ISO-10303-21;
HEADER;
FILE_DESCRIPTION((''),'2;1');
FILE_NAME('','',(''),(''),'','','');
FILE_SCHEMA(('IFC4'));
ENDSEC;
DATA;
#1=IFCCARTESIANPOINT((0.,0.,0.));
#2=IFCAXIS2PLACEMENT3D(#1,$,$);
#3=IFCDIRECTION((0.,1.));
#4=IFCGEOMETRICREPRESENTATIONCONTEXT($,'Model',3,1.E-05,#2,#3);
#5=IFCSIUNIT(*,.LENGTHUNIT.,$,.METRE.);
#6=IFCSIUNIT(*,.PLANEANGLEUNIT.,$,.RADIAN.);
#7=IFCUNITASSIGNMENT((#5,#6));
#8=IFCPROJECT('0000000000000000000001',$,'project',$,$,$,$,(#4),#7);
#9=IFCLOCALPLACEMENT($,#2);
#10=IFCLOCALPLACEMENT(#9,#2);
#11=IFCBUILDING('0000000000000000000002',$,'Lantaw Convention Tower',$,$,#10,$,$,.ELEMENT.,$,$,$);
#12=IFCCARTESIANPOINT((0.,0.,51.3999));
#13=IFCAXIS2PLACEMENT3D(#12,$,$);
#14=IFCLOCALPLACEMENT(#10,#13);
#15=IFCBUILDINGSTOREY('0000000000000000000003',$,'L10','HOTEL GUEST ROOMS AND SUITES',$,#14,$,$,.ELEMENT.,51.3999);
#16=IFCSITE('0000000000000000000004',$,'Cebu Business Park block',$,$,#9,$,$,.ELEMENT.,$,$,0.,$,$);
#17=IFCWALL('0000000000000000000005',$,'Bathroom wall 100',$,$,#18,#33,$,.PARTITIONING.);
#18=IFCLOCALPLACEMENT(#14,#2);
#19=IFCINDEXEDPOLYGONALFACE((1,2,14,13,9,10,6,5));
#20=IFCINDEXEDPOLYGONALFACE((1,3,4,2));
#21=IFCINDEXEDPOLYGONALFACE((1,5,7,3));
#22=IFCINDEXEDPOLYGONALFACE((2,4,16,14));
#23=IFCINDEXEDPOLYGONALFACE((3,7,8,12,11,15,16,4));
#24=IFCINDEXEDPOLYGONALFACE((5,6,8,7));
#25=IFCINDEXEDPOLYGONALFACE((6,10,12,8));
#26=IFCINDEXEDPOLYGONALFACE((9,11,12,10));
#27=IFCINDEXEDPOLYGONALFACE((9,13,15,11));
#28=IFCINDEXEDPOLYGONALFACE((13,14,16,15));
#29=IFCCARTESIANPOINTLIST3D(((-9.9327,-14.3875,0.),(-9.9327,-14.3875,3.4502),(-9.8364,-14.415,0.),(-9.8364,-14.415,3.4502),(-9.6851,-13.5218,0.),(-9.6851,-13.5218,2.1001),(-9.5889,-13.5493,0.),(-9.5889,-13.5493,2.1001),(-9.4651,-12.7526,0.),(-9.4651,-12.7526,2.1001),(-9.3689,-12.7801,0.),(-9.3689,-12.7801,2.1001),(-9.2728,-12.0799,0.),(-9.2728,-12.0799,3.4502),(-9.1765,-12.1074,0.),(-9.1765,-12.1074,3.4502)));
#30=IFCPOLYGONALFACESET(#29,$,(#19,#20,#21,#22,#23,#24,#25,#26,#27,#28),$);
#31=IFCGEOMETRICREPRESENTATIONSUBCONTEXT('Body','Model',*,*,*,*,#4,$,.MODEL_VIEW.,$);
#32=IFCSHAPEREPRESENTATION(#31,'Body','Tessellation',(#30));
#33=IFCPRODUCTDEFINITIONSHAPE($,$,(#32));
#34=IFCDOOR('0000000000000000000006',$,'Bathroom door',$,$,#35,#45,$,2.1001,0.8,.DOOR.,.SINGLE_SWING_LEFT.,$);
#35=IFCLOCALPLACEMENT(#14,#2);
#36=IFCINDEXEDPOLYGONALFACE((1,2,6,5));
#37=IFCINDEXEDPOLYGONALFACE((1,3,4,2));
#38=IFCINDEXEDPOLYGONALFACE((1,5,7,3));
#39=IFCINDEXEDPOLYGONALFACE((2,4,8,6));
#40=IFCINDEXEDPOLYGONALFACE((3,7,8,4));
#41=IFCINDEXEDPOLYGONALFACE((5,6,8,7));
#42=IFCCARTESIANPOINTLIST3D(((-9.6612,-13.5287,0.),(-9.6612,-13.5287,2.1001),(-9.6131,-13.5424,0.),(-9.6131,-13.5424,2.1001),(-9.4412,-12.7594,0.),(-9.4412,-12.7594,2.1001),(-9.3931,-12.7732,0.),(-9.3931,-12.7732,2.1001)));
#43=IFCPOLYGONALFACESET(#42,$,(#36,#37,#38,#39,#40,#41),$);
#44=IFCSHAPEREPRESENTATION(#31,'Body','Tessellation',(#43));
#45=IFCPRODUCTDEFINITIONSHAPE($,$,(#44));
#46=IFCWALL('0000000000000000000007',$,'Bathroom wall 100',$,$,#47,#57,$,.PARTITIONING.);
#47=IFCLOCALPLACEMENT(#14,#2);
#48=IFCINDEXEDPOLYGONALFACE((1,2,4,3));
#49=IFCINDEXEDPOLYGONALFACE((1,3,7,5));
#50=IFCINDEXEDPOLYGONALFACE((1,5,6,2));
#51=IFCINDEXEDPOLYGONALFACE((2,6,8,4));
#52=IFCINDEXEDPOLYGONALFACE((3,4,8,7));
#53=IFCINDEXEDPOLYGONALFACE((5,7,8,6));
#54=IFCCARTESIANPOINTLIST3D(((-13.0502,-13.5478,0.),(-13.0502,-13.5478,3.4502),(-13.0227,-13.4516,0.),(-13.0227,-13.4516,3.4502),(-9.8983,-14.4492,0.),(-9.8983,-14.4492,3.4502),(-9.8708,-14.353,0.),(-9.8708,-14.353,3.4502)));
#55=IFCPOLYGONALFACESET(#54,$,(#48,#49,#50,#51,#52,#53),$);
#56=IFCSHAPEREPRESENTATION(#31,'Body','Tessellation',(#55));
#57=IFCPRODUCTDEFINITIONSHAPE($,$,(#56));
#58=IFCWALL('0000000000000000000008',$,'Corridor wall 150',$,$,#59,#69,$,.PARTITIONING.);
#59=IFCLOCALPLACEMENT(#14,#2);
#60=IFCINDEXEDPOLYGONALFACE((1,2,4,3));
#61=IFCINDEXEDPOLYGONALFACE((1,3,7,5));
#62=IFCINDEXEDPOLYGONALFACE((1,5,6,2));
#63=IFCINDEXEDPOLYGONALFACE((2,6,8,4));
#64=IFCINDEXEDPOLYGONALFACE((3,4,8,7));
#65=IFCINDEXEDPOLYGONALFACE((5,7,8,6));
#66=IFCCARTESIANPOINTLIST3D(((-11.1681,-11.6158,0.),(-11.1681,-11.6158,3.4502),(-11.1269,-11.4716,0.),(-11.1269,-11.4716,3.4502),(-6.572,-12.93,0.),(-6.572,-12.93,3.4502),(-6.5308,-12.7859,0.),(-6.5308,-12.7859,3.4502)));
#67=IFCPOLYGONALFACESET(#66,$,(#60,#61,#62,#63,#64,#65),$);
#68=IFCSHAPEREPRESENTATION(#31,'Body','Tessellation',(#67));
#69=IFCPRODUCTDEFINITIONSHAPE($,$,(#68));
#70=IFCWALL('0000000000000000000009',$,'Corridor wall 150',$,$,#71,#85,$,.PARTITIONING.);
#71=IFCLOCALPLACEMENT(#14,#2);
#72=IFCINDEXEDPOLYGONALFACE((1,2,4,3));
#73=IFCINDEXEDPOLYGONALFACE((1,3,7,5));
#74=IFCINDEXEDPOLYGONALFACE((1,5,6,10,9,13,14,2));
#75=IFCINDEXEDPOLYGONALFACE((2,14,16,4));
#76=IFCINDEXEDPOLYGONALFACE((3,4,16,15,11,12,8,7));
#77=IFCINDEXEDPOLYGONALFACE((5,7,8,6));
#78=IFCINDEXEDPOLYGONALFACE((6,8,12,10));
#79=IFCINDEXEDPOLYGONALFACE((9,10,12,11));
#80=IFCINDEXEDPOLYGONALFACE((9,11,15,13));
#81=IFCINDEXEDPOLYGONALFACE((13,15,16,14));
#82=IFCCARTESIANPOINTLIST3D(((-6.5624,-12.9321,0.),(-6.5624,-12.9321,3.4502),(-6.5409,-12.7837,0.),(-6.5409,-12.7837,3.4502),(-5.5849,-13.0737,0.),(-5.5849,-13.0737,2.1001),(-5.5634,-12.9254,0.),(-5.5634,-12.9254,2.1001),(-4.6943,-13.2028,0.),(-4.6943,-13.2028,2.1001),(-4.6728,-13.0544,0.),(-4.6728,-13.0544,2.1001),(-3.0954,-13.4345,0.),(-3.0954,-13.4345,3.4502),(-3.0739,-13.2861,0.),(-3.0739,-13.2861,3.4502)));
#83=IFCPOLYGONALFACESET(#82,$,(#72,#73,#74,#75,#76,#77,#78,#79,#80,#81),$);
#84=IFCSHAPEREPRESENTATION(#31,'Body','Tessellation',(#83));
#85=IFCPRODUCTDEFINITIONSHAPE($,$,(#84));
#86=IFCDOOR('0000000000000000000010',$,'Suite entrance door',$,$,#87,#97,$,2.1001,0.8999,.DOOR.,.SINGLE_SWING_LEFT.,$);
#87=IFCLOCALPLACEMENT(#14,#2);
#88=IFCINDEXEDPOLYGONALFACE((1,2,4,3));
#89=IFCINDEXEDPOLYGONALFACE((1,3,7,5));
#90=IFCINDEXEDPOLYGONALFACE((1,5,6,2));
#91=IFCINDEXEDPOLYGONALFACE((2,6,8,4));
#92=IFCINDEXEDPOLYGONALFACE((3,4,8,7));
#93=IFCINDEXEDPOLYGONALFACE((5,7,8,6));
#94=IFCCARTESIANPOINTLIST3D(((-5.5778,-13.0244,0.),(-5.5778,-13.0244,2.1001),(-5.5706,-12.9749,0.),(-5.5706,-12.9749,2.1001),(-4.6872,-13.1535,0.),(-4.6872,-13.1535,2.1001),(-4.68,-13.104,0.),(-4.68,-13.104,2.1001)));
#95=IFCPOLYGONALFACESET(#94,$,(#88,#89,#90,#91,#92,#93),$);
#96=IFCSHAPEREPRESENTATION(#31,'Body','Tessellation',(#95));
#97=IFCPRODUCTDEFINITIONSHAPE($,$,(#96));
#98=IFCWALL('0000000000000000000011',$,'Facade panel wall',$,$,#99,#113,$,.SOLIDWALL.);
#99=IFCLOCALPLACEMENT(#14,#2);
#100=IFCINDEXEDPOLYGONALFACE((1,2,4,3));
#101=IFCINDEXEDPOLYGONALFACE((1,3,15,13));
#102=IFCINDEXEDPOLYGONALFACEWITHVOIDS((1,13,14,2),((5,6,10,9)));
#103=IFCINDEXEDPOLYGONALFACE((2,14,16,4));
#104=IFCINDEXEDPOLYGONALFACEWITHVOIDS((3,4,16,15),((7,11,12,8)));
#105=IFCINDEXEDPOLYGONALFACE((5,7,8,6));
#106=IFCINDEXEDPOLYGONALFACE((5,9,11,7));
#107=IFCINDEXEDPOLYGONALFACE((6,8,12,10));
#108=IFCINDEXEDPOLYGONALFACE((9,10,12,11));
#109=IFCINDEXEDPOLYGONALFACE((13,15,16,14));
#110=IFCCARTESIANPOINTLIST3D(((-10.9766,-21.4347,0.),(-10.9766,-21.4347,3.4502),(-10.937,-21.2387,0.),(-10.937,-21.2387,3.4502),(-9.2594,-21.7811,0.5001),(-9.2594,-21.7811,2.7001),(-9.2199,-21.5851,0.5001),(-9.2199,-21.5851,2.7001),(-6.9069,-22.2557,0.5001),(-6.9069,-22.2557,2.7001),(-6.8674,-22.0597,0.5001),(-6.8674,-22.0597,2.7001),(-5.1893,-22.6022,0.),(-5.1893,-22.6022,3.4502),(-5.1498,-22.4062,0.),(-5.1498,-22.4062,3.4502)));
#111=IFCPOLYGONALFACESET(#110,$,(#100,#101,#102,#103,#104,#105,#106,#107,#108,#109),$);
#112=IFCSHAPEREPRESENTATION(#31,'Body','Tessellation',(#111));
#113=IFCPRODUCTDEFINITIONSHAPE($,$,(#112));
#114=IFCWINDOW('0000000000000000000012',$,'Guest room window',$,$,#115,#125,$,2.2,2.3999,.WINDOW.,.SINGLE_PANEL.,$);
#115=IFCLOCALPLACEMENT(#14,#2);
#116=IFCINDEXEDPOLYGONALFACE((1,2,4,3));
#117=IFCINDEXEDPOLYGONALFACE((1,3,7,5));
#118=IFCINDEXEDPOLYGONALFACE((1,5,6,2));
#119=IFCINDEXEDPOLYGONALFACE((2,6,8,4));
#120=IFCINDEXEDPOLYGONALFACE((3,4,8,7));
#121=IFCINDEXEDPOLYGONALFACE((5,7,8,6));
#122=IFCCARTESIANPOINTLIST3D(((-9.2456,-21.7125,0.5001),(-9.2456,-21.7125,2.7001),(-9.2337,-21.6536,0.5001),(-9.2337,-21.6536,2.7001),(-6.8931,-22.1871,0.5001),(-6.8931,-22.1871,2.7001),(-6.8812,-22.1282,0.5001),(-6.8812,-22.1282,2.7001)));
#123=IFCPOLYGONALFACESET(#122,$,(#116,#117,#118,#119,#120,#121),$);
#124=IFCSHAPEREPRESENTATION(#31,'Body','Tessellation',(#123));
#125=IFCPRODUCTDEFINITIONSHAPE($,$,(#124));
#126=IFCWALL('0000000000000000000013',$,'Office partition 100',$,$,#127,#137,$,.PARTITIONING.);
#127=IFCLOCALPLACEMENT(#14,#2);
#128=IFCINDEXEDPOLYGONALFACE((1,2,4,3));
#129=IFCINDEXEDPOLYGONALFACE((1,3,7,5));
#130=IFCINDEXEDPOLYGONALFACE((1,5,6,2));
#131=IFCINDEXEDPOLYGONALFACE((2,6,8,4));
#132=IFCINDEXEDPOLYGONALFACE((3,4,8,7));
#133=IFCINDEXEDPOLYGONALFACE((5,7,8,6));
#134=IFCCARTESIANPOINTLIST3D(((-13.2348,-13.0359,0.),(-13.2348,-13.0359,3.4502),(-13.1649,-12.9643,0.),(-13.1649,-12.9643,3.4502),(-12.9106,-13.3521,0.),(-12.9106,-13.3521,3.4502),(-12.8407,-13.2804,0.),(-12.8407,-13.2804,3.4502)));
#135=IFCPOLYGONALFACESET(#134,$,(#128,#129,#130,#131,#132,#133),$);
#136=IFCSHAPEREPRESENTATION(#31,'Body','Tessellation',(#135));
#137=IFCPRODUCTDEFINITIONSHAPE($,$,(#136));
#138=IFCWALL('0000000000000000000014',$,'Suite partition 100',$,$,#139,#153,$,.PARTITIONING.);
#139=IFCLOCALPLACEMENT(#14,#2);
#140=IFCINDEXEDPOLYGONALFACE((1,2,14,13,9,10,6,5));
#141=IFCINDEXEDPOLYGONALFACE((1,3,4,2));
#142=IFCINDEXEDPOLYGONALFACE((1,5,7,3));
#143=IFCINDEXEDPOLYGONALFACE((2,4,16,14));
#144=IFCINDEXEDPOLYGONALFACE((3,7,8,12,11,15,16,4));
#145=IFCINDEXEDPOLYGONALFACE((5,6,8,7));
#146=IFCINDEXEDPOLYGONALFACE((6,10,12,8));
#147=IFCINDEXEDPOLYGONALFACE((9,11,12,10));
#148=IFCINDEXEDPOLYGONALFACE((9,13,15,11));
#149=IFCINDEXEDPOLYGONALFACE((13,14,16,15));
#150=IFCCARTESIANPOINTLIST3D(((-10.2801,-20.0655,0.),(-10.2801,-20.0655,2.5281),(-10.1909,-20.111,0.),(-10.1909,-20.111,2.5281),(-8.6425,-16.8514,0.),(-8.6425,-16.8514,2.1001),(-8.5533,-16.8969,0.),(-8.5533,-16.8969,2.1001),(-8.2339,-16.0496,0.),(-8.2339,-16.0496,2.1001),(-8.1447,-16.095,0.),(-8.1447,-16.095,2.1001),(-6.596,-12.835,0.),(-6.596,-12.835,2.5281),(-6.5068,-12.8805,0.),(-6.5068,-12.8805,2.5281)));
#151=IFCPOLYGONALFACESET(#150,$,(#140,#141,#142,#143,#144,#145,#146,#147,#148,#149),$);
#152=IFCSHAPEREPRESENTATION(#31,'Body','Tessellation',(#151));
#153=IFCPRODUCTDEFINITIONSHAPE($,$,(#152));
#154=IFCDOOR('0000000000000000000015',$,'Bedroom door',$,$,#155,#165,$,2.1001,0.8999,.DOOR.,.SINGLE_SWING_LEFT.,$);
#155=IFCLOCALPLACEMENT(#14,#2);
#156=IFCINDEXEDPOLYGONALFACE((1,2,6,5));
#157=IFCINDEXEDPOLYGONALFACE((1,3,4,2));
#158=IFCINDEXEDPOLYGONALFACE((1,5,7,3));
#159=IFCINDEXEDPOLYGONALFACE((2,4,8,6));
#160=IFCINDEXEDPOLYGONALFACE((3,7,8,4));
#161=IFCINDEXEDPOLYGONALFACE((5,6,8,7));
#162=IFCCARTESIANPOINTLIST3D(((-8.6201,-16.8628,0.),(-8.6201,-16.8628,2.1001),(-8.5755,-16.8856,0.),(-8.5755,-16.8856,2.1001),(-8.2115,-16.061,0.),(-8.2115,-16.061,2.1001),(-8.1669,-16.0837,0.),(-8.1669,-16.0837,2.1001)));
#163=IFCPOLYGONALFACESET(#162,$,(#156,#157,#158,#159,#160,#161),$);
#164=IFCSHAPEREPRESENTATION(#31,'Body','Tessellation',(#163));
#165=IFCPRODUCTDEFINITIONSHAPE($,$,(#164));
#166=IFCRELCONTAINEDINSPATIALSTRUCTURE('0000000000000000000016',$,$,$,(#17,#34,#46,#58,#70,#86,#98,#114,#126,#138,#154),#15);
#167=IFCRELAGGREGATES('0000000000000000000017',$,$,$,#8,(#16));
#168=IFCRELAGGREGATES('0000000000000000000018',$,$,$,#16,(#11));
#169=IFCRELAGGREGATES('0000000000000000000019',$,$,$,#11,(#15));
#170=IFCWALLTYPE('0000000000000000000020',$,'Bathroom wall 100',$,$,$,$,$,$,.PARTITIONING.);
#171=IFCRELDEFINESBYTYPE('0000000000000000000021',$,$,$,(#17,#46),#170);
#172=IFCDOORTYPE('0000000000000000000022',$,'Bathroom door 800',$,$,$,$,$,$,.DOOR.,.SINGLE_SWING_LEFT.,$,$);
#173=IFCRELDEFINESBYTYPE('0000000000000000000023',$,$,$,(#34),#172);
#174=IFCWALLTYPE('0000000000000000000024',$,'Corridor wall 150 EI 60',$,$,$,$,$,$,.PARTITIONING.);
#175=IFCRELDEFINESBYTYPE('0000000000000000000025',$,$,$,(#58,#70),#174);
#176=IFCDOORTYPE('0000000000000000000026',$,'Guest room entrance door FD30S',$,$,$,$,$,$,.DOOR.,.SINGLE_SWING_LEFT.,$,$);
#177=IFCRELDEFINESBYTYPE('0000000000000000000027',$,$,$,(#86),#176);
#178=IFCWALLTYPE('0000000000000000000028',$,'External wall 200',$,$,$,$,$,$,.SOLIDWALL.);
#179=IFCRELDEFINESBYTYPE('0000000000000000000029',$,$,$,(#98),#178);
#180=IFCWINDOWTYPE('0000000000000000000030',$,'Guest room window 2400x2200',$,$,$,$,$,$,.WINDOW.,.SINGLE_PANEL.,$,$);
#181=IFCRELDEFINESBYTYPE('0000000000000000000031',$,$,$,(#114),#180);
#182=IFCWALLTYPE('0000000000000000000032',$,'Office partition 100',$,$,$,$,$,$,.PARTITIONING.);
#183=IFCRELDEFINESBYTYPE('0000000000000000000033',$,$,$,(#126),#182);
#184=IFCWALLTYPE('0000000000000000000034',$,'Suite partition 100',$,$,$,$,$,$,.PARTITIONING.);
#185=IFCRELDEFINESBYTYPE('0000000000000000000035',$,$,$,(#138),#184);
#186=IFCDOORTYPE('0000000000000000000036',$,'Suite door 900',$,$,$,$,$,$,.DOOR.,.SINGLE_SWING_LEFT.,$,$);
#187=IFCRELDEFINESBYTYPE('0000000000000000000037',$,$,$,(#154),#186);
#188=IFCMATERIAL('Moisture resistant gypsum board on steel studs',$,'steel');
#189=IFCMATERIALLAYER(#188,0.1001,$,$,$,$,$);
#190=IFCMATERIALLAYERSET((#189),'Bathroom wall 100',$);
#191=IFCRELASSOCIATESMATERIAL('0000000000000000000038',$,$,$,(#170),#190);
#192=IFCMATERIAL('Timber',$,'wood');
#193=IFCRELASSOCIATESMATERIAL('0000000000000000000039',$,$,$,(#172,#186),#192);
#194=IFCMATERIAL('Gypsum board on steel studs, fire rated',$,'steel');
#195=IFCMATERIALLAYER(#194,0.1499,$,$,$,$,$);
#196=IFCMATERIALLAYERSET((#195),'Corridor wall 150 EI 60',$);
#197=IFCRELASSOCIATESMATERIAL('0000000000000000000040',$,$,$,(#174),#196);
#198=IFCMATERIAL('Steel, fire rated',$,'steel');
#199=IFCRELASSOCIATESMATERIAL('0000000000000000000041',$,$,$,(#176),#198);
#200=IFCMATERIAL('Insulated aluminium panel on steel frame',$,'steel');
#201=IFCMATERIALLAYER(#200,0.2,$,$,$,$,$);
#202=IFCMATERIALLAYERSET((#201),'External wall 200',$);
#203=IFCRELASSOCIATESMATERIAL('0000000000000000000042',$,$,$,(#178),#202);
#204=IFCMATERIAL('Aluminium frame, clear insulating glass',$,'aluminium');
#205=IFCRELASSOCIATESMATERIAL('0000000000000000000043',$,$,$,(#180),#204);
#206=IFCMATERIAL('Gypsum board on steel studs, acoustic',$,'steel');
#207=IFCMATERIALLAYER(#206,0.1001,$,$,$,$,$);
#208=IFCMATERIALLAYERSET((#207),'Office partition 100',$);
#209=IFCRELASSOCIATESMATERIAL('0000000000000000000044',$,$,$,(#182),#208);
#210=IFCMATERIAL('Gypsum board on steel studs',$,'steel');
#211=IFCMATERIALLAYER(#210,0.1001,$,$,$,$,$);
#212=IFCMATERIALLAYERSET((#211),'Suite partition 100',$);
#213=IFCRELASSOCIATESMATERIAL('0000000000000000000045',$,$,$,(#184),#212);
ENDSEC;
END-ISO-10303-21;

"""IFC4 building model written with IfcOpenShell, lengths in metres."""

from ifc_helpers import new_model, si_unit, direction, frame, frame_2d, origin, place, context, subcontext, project, spatial, rectangle, extrude, material, layer, layer_set, type_object, element, fill, save


model = new_model("IFC4")

# Units and contexts
model_context = context("Model", 3, precision=1e-05, world=origin(), true_north=direction((0.0, 1.0)))
body_context = subcontext(model_context, "Body", "Model", "MODEL_VIEW")
ifc_project = project(units=[si_unit("LENGTHUNIT", "METRE"), si_unit("PLANEANGLEUNIT", "RADIAN")], contexts=[model_context])

# Site, building, storey
site_placement = place(None, origin())
site = spatial("IfcSite", under=ifc_project, at=site_placement, Name="Cebu Business Park block", CompositionType="ELEMENT", RefElevation=0.0)
building_placement = place(site_placement, origin())
building = spatial("IfcBuilding", under=site, at=building_placement, Name="Lantaw Convention Tower", CompositionType="ELEMENT")
storey_placement = place(building_placement, frame((0.0, 0.0, 51.3999)))
storey = spatial("IfcBuildingStorey", under=building, at=storey_placement, Name="L10", Description="HOTEL GUEST ROOMS AND SUITES", CompositionType="ELEMENT", Elevation=51.3999)

# Wall, opening, door
ifc_material_1 = material(Name="Moisture resistant gypsum board on steel studs", Category="steel")
ifc_layer_1 = layer(ifc_material_1, 0.1001)
ifc_layer_set_1 = layer_set([ifc_layer_1], Name="Bathroom wall 100")
wall_type_1 = type_object("IfcWallType", Name="Bathroom wall 100", PredefinedType="PARTITIONING", material=ifc_layer_set_1)
wall_1_placement = place(storey_placement, frame((-9.2246, -12.0935, 0.0), z_axis=(0.0, 0.0, 1.0), x_axis=(-0.27495, -0.961459, 0.0)))
wall_1 = element("IfcWall", 1, at=wall_1_placement, inside=storey, type_object=wall_type_1, Name="Bathroom wall 100", PredefinedType="PARTITIONING", context=body_context, shape_type="SweptSolid", body=[
    extrude(rectangle(XDim=2.4001, YDim=0.1001, at=frame_2d((1.2002, 0.0))), origin(), (0.0, 0.0, 1.0), 3.4502),
])
opening_1_placement = place(wall_1_placement, frame((0.7, 0.0, 0.0)))
opening_1 = element("IfcOpeningElement", 2, at=opening_1_placement, cuts=wall_1, PredefinedType="OPENING", context=body_context, shape_type="SweptSolid", body=[
    extrude(rectangle(XDim=0.8, YDim=2.1001, at=frame_2d((0.3999, 1.05))), frame((0.0, 0.0601, 0.0), z_axis=(0.0, -1.0, 0.0), x_axis=(1.0, 0.0, 0.0)), (0.0, 0.0, 1.0), 0.1201),
])
ifc_material_2 = material(Name="Timber", Category="wood")
door_type_1 = type_object("IfcDoorType", Name="Bathroom door 800", OperationType="SINGLE_SWING_LEFT", PredefinedType="DOOR", material=ifc_material_2)
door_1_placement = place(opening_1_placement, origin())
door_1 = element("IfcDoor", 3, at=door_1_placement, inside=storey, type_object=door_type_1, Name="Bathroom door", OperationType="SINGLE_SWING_LEFT", OverallHeight=2.1001, OverallWidth=0.8, PredefinedType="DOOR", context=body_context, shape_type="SweptSolid", body=[
    extrude(rectangle(XDim=0.8, YDim=2.1001, at=frame_2d((0.3999, 1.05))), frame((0.0, 0.0249, 0.0), z_axis=(0.0, -1.0, 0.0), x_axis=(1.0, 0.0, 0.0)), (0.0, 0.0, 1.0), 0.05),
])
fill(opening_1, door_1)

# Walls
wall_2_placement = place(storey_placement, frame((-9.8845, -14.4011, 0.0), z_axis=(0.0, 0.0, 1.0), x_axis=(-0.961456, 0.274957, 0.0)))
element("IfcWall", 4, at=wall_2_placement, inside=storey, type_object=wall_type_1, Name="Bathroom wall 100", PredefinedType="PARTITIONING", context=body_context, shape_type="SweptSolid", body=[
    extrude(rectangle(XDim=3.2783, YDim=0.1001, at=frame_2d((1.6392, 0.0))), origin(), (0.0, 0.0, 1.0), 3.4502),
])
ifc_material_3 = material(Name="Gypsum board on steel studs, fire rated", Category="steel")
ifc_layer_2 = layer(ifc_material_3, 0.1499)
ifc_layer_set_2 = layer_set([ifc_layer_2], Name="Corridor wall 150 EI 60")
wall_type_2 = type_object("IfcWallType", Name="Corridor wall 150 EI 60", PredefinedType="PARTITIONING", material=ifc_layer_set_2)
wall_3_placement = place(storey_placement, frame((-11.1475, -11.5437, 0.0), z_axis=(0.0, 0.0, 1.0), x_axis=(0.961464, -0.27493, 0.0)))
element("IfcWall", 5, at=wall_3_placement, inside=storey, type_object=wall_type_2, Name="Corridor wall 150", PredefinedType="PARTITIONING", context=body_context, shape_type="SweptSolid", body=[
    extrude(rectangle(XDim=4.7803, YDim=0.1499, at=frame_2d((2.3901, 0.0))), origin(), (0.0, 0.0, 1.0), 3.4502),
])

# Wall, opening, door
wall_4_placement = place(storey_placement, frame((-6.5515, -12.8579, 0.0), z_axis=(0.0, 0.0, 1.0), x_axis=(0.989662, -0.143421, 0.0)))
wall_4 = element("IfcWall", 6, at=wall_4_placement, inside=storey, type_object=wall_type_2, Name="Corridor wall 150", PredefinedType="PARTITIONING", context=body_context, shape_type="SweptSolid", body=[
    extrude(rectangle(XDim=3.5032, YDim=0.1499, at=frame_2d((1.7515, 0.0))), origin(), (0.0, 0.0, 1.0), 3.4502),
])
opening_2_placement = place(wall_4_placement, frame((0.9875, 0.0, 0.0)))
opening_2 = element("IfcOpeningElement", 7, at=opening_2_placement, cuts=wall_4, PredefinedType="OPENING", context=body_context, shape_type="SweptSolid", body=[
    extrude(rectangle(XDim=0.8999, YDim=2.1001, at=frame_2d((0.45, 1.05))), frame((0.0, 0.085, 0.0), z_axis=(0.0, -1.0, 0.0), x_axis=(1.0, 0.0, 0.0)), (0.0, 0.0, 1.0), 0.1699),
])
ifc_material_4 = material(Name="Steel, fire rated", Category="steel")
door_type_2 = type_object("IfcDoorType", Name="Guest room entrance door FD30S", OperationType="SINGLE_SWING_LEFT", PredefinedType="DOOR", material=ifc_material_4)
door_2_placement = place(opening_2_placement, origin())
door_2 = element("IfcDoor", 8, at=door_2_placement, inside=storey, type_object=door_type_2, Name="Suite entrance door", OperationType="SINGLE_SWING_LEFT", OverallHeight=2.1001, OverallWidth=0.8999, PredefinedType="DOOR", context=body_context, shape_type="SweptSolid", body=[
    extrude(rectangle(XDim=0.8999, YDim=2.1001, at=frame_2d((0.45, 1.05))), frame((0.0, 0.0249, 0.0), z_axis=(0.0, -1.0, 0.0), x_axis=(1.0, 0.0, 0.0)), (0.0, 0.0, 1.0), 0.05),
])
fill(opening_2, door_2)

# Wall, opening, window
ifc_material_5 = material(Name="Insulated aluminium panel on steel frame", Category="steel")
ifc_layer_3 = layer(ifc_material_5, 0.2)
ifc_layer_set_3 = layer_set([ifc_layer_3], Name="External wall 200")
wall_type_3 = type_object("IfcWallType", Name="External wall 200", PredefinedType="SOLIDWALL", material=ifc_layer_set_3)
wall_5_placement = place(storey_placement, frame((-10.9568, -21.3367, 0.0), z_axis=(0.0, 0.0, 1.0), x_axis=(0.980252, -0.197754, 0.0)))
wall_5 = element("IfcWall", 9, at=wall_5_placement, inside=storey, type_object=wall_type_3, Name="Facade panel wall", PredefinedType="SOLIDWALL", context=body_context, shape_type="SweptSolid", body=[
    extrude(rectangle(XDim=5.9038, YDim=0.2, at=frame_2d((2.9519, 0.0))), origin(), (0.0, 0.0, 1.0), 3.4502),
])
opening_3_placement = place(wall_5_placement, frame((1.7517, 0.0, 0.5)))
opening_3 = element("IfcOpeningElement", 10, at=opening_3_placement, cuts=wall_5, PredefinedType="OPENING", context=body_context, shape_type="SweptSolid", body=[
    extrude(rectangle(XDim=2.3999, YDim=2.2, at=frame_2d((1.2, 1.1001))), frame((0.0, 0.1099, 0.0), z_axis=(0.0, -1.0, 0.0), x_axis=(1.0, 0.0, 0.0)), (0.0, 0.0, 1.0), 0.22),
])
ifc_material_6 = material(Name="Aluminium frame, clear insulating glass", Category="aluminium")
window_type = type_object("IfcWindowType", Name="Guest room window 2400x2200", PartitioningType="SINGLE_PANEL", PredefinedType="WINDOW", material=ifc_material_6)
window_placement = place(opening_3_placement, origin())
window = element("IfcWindow", 11, at=window_placement, inside=storey, type_object=window_type, Name="Guest room window", OverallHeight=2.2, OverallWidth=2.3999, PartitioningType="SINGLE_PANEL", PredefinedType="WINDOW", context=body_context, shape_type="SweptSolid", body=[
    extrude(rectangle(XDim=2.3999, YDim=2.2, at=frame_2d((1.2, 1.1001))), frame((0.0, 0.03, 0.0), z_axis=(0.0, -1.0, 0.0), x_axis=(1.0, 0.0, 0.0)), (0.0, 0.0, 1.0), 0.0601),
])
fill(opening_3, window)

# Wall
ifc_material_7 = material(Name="Gypsum board on steel studs, acoustic", Category="steel")
ifc_layer_4 = layer(ifc_material_7, 0.1001)
ifc_layer_set_4 = layer_set([ifc_layer_4], Name="Office partition 100")
wall_type_4 = type_object("IfcWallType", Name="Office partition 100", PredefinedType="PARTITIONING", material=ifc_layer_set_4)
wall_6_placement = place(storey_placement, frame((-13.2, -13.0, 0.0), z_axis=(0.0, 0.0, 1.0), x_axis=(0.715946, -0.698155, 0.0)))
element("IfcWall", 12, at=wall_6_placement, inside=storey, type_object=wall_type_4, Name="Office partition 100", PredefinedType="PARTITIONING", context=body_context, shape_type="SweptSolid", body=[
    extrude(rectangle(XDim=0.4529, YDim=0.1001, at=frame_2d((0.2266, 0.0))), origin(), (0.0, 0.0, 1.0), 3.4502),
])

# Wall, opening, door
ifc_material_8 = material(Name="Gypsum board on steel studs", Category="steel")
ifc_layer_5 = layer(ifc_material_8, 0.1001)
ifc_layer_set_5 = layer_set([ifc_layer_5], Name="Suite partition 100")
wall_type_5 = type_object("IfcWallType", Name="Suite partition 100", PredefinedType="PARTITIONING", material=ifc_layer_set_5)
wall_7_placement = place(storey_placement, frame((-10.2356, -20.0884, 0.0), z_axis=(0.0, 0.0, 1.0), x_axis=(0.453988, 0.891008, 0.0)))
wall_7 = element("IfcWall", 13, at=wall_7_placement, inside=storey, type_object=wall_type_5, Name="Suite partition 100", PredefinedType="PARTITIONING", context=body_context, shape_type="SweptSolid", body=[
    extrude(rectangle(XDim=8.115, YDim=0.1001, at=frame_2d((4.0576, 0.0))), origin(), (0.0, 0.0, 1.0), 2.5281),
])
opening_4_placement = place(wall_7_placement, frame((3.6074, 0.0, 0.0)))
opening_4 = element("IfcOpeningElement", 14, at=opening_4_placement, cuts=wall_7, PredefinedType="OPENING", context=body_context, shape_type="SweptSolid", body=[
    extrude(rectangle(XDim=0.8999, YDim=2.1001, at=frame_2d((0.45, 1.05))), frame((0.0, 0.0601, 0.0), z_axis=(0.0, -1.0, 0.0), x_axis=(1.0, 0.0, 0.0)), (0.0, 0.0, 1.0), 0.1201),
])
door_type_3 = type_object("IfcDoorType", Name="Suite door 900", OperationType="SINGLE_SWING_LEFT", PredefinedType="DOOR", material=ifc_material_2)
door_3_placement = place(opening_4_placement, origin())
door_3 = element("IfcDoor", 15, at=door_3_placement, inside=storey, type_object=door_type_3, Name="Bedroom door", OperationType="SINGLE_SWING_LEFT", OverallHeight=2.1001, OverallWidth=0.8999, PredefinedType="DOOR", context=body_context, shape_type="SweptSolid", body=[
    extrude(rectangle(XDim=0.8999, YDim=2.1001, at=frame_2d((0.45, 1.05))), frame((0.0, 0.0249, 0.0), z_axis=(0.0, -1.0, 0.0), x_axis=(1.0, 0.0, 0.0)), (0.0, 0.0, 1.0), 0.05),
])
fill(opening_4, door_3)

save(model, "model.ifc")
